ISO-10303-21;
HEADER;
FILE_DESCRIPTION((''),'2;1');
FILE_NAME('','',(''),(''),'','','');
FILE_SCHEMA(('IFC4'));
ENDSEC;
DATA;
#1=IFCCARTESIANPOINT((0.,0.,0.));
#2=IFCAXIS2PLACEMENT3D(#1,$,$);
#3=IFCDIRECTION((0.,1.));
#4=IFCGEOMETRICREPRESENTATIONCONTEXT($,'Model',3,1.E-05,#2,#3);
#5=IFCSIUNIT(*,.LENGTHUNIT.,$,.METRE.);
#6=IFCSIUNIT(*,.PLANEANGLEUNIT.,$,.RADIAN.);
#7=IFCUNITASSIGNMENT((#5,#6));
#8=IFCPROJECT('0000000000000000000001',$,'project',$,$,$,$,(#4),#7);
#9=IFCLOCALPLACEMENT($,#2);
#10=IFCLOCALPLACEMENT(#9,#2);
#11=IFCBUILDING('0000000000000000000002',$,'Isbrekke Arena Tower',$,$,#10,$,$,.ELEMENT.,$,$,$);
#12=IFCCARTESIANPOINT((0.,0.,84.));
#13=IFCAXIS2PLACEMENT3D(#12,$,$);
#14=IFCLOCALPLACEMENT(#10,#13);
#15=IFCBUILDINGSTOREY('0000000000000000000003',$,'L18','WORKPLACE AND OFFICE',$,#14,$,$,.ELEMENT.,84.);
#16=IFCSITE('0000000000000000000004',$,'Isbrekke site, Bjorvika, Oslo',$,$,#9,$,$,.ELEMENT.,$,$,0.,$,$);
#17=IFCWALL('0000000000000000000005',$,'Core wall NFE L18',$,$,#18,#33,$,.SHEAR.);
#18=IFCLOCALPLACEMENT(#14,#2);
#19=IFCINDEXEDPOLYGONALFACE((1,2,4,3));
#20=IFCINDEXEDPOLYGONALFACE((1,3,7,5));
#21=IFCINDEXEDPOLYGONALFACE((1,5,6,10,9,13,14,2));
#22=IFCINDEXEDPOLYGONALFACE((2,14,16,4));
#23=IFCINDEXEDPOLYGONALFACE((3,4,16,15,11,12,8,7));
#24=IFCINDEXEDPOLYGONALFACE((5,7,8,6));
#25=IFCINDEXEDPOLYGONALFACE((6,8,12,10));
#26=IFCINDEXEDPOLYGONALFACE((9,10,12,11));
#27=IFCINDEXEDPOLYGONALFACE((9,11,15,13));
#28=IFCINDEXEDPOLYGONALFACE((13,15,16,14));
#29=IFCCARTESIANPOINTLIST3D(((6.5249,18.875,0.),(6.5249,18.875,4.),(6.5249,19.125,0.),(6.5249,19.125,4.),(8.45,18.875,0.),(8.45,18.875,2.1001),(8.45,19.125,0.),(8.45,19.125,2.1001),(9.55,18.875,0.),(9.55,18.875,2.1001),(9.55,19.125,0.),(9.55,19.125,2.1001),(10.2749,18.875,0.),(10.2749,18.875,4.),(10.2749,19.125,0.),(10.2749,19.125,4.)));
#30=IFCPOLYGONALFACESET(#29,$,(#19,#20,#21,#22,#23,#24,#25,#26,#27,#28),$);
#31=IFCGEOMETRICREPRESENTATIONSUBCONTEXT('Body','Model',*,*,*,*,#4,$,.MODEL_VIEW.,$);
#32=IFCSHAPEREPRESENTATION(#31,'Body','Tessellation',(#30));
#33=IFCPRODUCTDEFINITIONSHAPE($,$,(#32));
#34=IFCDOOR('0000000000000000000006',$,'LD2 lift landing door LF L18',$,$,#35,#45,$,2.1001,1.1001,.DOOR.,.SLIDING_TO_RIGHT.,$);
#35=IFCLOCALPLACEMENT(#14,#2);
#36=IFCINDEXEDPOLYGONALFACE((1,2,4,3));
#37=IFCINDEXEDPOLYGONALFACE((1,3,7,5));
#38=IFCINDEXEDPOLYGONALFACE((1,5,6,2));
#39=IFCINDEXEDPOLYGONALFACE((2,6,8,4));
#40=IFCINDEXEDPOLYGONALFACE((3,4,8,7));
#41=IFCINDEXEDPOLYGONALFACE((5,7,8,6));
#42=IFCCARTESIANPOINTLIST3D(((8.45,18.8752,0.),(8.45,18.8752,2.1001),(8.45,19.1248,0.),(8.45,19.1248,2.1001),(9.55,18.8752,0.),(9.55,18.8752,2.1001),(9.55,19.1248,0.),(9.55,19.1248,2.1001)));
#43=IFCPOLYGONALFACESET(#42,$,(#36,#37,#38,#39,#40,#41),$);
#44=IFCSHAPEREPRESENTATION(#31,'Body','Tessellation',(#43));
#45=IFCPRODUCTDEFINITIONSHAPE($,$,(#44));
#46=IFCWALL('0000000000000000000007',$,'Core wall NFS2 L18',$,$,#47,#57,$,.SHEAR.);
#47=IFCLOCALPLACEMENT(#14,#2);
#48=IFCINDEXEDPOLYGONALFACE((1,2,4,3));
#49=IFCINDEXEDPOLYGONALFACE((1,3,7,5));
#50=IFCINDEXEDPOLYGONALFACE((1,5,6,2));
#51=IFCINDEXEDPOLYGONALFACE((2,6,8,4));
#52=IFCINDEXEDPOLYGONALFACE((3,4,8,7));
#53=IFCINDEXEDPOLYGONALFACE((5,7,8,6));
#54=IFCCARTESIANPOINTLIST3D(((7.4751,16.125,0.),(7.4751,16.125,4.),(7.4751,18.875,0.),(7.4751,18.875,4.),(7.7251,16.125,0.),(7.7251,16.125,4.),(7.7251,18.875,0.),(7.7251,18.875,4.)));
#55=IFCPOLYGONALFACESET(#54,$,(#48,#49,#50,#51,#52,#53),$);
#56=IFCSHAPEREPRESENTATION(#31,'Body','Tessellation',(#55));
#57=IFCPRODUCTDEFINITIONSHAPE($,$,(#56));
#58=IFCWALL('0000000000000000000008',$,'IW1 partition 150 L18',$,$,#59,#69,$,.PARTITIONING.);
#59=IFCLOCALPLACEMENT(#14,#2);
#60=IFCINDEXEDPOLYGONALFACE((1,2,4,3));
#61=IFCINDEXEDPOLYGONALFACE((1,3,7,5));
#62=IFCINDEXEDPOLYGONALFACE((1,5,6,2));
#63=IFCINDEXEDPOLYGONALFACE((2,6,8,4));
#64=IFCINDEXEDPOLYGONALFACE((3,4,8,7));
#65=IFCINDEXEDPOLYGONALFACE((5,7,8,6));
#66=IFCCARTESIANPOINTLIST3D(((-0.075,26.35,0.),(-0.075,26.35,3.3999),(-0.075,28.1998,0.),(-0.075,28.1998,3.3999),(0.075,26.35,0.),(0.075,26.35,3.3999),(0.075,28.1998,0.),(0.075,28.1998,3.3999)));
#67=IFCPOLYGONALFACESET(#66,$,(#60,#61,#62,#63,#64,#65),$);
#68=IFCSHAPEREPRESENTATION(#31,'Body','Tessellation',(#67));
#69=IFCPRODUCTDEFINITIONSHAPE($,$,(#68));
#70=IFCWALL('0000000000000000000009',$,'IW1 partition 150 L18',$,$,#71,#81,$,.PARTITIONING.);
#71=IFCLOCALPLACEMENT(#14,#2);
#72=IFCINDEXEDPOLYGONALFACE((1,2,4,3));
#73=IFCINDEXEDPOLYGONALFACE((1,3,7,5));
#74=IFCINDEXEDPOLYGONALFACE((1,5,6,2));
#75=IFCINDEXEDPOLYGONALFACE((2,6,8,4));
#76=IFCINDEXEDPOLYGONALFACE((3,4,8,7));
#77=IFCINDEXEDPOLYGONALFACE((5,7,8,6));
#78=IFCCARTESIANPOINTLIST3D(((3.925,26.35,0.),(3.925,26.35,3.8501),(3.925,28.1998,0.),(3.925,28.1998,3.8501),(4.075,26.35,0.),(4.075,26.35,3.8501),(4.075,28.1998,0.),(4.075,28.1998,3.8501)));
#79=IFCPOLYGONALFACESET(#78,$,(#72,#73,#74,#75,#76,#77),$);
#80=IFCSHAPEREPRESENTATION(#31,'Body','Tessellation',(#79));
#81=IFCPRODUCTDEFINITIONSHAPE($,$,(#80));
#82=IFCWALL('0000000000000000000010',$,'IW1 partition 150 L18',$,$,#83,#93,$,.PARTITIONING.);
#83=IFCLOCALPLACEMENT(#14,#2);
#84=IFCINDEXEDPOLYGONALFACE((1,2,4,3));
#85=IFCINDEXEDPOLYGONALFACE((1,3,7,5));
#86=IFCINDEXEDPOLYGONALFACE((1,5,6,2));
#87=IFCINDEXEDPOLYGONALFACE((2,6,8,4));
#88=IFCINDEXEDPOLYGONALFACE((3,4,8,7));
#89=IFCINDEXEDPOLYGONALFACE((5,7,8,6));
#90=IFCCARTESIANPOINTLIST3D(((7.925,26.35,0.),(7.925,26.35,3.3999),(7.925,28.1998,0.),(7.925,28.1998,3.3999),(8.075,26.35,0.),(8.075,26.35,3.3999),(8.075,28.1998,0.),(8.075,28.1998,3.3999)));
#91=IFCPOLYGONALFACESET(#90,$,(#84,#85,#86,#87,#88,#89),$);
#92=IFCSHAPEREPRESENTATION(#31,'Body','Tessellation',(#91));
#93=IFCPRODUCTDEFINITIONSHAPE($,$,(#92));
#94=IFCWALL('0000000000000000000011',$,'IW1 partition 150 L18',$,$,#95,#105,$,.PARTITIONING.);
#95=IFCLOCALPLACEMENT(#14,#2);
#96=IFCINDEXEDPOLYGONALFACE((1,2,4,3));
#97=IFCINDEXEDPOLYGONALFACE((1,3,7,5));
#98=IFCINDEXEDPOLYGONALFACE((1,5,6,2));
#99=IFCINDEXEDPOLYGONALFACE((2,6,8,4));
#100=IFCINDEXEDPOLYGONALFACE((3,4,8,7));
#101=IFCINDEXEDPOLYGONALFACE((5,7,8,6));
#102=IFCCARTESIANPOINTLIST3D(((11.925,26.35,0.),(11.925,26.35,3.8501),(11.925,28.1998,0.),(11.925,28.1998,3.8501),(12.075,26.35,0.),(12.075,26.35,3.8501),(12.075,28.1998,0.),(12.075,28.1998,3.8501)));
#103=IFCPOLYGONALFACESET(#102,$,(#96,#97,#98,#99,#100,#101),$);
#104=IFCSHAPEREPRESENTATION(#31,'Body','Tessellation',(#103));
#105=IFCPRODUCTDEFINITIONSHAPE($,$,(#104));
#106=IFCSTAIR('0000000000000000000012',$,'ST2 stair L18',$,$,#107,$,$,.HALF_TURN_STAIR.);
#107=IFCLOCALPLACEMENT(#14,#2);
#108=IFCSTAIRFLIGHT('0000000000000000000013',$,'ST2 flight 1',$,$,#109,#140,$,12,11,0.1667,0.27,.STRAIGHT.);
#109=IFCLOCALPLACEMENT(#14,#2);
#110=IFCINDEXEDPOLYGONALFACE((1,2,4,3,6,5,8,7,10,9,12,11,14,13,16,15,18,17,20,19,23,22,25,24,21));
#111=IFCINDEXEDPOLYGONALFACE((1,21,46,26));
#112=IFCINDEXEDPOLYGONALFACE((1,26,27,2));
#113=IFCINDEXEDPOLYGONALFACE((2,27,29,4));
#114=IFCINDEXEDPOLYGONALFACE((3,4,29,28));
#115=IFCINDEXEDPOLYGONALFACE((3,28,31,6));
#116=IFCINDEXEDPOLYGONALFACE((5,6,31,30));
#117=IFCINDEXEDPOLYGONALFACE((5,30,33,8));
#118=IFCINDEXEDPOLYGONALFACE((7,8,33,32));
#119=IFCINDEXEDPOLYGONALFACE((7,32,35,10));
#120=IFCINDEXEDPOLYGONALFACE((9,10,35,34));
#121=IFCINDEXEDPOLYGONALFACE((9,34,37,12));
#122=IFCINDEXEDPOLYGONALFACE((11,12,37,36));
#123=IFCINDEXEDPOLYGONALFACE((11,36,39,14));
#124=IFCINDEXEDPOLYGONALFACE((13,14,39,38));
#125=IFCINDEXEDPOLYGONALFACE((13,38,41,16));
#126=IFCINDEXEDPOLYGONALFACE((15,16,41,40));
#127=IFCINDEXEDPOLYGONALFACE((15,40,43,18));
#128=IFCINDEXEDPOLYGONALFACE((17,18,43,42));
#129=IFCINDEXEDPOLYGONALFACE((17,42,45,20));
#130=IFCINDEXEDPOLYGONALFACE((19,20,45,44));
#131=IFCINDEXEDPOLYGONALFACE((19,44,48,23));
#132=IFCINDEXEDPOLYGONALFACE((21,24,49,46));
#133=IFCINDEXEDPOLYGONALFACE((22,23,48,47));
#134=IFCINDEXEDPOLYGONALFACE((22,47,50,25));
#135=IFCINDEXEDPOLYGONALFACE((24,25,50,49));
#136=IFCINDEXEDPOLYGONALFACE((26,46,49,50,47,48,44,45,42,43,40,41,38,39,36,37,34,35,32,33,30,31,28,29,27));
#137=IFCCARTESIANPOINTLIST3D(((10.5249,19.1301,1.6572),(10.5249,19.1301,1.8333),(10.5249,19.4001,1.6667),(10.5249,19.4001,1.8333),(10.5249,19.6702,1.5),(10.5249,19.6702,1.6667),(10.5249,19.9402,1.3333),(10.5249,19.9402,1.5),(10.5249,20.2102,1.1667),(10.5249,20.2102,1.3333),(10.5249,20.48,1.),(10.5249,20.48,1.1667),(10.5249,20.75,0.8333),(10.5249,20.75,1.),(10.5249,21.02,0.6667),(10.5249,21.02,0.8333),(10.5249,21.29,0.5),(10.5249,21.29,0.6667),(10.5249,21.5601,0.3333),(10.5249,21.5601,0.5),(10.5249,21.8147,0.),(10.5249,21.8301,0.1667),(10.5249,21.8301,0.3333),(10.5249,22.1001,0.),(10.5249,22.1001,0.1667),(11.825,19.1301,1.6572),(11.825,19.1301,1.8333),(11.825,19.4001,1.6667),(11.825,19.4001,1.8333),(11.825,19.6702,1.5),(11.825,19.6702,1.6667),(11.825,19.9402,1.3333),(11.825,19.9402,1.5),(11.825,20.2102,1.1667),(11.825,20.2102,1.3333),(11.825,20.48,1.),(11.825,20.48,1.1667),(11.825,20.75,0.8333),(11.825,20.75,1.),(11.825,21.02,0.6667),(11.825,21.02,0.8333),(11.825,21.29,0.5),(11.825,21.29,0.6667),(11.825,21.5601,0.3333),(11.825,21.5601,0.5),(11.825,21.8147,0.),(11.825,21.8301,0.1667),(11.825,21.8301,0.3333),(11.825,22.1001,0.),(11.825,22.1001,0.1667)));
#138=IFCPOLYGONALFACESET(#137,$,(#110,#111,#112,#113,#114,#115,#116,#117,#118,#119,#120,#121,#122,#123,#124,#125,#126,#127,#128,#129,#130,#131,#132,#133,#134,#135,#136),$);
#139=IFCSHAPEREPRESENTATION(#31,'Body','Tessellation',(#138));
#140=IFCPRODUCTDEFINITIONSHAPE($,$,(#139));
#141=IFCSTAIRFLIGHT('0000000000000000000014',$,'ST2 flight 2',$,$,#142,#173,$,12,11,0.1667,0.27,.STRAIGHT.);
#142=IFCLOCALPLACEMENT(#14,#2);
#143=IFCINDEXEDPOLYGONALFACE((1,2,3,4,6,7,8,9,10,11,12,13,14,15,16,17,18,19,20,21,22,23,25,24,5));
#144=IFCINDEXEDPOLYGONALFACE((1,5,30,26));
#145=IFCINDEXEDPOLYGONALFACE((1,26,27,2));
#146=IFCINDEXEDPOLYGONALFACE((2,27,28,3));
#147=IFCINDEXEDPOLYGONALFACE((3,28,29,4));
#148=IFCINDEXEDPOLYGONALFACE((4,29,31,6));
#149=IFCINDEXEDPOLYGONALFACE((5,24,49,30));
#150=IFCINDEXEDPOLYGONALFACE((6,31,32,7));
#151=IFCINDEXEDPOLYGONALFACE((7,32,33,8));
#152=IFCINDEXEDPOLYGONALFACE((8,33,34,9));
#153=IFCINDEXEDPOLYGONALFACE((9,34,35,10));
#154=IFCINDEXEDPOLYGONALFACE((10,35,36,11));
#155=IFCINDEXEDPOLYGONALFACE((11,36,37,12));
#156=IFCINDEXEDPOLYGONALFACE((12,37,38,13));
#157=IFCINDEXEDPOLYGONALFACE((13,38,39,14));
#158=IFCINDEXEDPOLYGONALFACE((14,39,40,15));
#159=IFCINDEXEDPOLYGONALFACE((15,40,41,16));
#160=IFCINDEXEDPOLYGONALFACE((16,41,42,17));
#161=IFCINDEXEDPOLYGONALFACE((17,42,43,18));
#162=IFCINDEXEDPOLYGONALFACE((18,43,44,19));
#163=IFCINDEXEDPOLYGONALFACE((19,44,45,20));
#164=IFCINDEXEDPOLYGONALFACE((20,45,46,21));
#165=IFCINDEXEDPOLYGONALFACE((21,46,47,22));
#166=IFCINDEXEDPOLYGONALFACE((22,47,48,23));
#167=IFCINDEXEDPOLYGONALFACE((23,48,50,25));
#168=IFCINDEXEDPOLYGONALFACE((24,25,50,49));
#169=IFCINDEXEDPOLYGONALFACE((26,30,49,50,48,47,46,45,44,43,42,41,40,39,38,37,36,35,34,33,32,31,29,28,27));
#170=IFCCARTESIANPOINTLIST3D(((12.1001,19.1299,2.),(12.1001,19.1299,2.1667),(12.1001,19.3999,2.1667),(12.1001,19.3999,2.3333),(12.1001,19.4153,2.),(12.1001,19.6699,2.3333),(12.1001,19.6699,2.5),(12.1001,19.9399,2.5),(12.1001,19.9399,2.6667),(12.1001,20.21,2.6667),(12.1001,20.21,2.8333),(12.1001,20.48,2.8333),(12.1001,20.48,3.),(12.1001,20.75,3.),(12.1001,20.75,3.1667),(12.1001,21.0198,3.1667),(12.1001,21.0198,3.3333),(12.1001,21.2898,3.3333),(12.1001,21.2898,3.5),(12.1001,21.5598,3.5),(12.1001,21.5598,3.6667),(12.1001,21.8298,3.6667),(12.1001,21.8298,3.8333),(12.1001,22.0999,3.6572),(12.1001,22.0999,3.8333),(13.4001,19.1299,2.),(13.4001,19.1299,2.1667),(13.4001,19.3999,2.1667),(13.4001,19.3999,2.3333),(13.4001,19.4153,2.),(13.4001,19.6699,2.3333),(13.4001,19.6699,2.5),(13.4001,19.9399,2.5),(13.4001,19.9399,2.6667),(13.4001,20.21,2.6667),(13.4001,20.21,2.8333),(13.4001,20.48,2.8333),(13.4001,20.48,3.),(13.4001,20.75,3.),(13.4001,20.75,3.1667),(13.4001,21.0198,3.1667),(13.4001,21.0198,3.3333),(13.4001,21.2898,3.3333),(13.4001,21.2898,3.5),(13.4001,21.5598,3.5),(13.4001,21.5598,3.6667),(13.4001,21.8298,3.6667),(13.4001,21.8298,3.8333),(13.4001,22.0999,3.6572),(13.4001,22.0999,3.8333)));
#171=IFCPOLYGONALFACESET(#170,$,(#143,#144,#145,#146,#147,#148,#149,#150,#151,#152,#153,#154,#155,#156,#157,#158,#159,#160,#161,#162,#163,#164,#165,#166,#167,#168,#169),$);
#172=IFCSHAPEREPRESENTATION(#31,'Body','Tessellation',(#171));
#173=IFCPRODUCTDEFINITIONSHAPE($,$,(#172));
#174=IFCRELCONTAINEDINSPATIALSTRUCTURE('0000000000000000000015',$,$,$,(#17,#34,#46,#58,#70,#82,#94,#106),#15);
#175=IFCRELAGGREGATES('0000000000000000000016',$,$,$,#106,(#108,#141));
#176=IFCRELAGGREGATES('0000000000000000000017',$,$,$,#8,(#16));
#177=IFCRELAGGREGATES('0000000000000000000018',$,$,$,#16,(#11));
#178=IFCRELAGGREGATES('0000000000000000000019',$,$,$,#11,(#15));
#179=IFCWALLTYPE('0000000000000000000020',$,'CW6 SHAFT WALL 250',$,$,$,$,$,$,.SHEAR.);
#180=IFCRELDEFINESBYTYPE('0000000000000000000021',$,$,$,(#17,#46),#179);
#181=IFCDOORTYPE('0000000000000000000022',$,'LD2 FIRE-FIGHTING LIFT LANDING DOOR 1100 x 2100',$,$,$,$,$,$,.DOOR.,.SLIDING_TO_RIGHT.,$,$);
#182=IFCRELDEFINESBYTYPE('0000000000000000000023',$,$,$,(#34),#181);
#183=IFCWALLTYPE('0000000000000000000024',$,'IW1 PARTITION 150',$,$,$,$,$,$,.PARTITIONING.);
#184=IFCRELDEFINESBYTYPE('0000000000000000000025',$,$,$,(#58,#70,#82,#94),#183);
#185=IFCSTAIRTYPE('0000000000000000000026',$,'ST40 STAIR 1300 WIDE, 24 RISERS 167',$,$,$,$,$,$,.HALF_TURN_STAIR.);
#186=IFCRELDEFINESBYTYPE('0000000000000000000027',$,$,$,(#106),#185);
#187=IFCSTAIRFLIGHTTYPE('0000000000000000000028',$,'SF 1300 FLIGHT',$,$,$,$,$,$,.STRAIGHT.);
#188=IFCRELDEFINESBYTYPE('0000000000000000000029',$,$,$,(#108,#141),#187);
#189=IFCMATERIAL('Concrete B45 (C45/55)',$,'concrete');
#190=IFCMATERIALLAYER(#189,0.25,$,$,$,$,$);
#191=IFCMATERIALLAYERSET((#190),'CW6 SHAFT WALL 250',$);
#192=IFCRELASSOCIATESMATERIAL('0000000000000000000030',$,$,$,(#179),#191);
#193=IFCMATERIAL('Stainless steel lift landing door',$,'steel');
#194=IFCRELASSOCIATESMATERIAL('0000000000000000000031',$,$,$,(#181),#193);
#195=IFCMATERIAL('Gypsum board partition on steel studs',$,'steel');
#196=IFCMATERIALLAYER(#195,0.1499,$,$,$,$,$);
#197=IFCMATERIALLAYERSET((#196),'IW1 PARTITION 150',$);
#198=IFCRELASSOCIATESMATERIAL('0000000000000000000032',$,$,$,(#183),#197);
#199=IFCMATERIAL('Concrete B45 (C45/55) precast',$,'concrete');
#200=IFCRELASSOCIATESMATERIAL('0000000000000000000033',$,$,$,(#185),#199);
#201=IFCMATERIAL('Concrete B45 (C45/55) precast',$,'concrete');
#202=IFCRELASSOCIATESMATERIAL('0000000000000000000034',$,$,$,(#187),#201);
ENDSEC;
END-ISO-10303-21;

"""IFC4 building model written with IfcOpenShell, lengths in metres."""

from ifc_helpers import new_model, si_unit, direction, frame, frame_2d, origin, place, context, subcontext, project, spatial, polyline, rectangle, outline, extrude, material, layer, layer_set, type_object, element, fill, aggregate, save


model = new_model("IFC4")

# Units and contexts
model_context = context("Model", 3, precision=1e-05, world=origin(), true_north=direction((0.0, 1.0)))
body_context = subcontext(model_context, "Body", "Model", "MODEL_VIEW")
ifc_project = project(units=[si_unit("LENGTHUNIT", "METRE"), si_unit("PLANEANGLEUNIT", "RADIAN")], contexts=[model_context])

# Site, building, storey
site_placement = place(None, origin())
site = spatial("IfcSite", under=ifc_project, at=site_placement, Name="Isbrekke site, Bjorvika, Oslo", CompositionType="ELEMENT", RefElevation=0.0)
building_placement = place(site_placement, origin())
building = spatial("IfcBuilding", under=site, at=building_placement, Name="Isbrekke Arena Tower", CompositionType="ELEMENT")
storey_placement = place(building_placement, frame((0.0, 0.0, 84.0)))
storey = spatial("IfcBuildingStorey", under=building, at=storey_placement, Name="L18", Description="WORKPLACE AND OFFICE", CompositionType="ELEMENT", Elevation=84.0)

# Shared definitions
ifc_material_1 = material(Name="Concrete B45 (C45/55)", Category="concrete")
ifc_layer_1 = layer(ifc_material_1, 0.25)
ifc_layer_set_1 = layer_set([ifc_layer_1], Name="CW6 SHAFT WALL 250")
wall_type_1 = type_object("IfcWallType", Name="CW6 SHAFT WALL 250", PredefinedType="SHEAR", material=ifc_layer_set_1)

# Wall, opening, door
wall_1_placement = place(storey_placement, frame((6.5249, 19.0, 0.0), z_axis=(0.0, 0.0, 1.0), x_axis=(1.0, 0.0, 0.0)))
wall_1 = element("IfcWall", 1, at=wall_1_placement, inside=storey, type_object=wall_type_1, Name="Core wall NFE L18", PredefinedType="SHEAR", context=body_context, shape_type="SweptSolid", body=[
    extrude(rectangle(XDim=3.75, YDim=0.25, at=frame_2d((1.875, 0.0))), origin(), (0.0, 0.0, 1.0), 4.0),
])
opening_1_placement = place(wall_1_placement, frame((1.925, 0.0, 0.0)))
opening_1 = element("IfcOpeningElement", 2, at=opening_1_placement, cuts=wall_1, PredefinedType="OPENING", context=body_context, shape_type="SweptSolid", body=[
    extrude(rectangle(XDim=1.1001, YDim=2.1001, at=frame_2d((0.55, 1.05))), frame((0.0, 0.1399, 0.0), z_axis=(0.0, -1.0, 0.0), x_axis=(1.0, 0.0, 0.0)), (0.0, 0.0, 1.0), 0.2798),
])
ifc_material_2 = material(Name="Stainless steel lift landing door", Category="steel")
door_type_1 = type_object("IfcDoorType", Name="LD2 FIRE-FIGHTING LIFT LANDING DOOR 1100 x 2100", OperationType="SLIDING_TO_RIGHT", PredefinedType="DOOR", material=ifc_material_2)
door_1_placement = place(opening_1_placement, origin())
door_1 = element("IfcDoor", 3, at=door_1_placement, inside=storey, type_object=door_type_1, Name="LD2 lift landing door LF L18", OperationType="SLIDING_TO_RIGHT", OverallHeight=2.1001, OverallWidth=1.1001, PredefinedType="DOOR", context=body_context, shape_type="SweptSolid", body=[
    extrude(rectangle(XDim=1.1001, YDim=2.1001, at=frame_2d((0.55, 1.05))), frame((0.0, 0.1248, 0.0), z_axis=(0.0, -1.0, 0.0), x_axis=(1.0, 0.0, 0.0)), (0.0, 0.0, 1.0), 0.2495),
])
fill(opening_1, door_1)

# Walls
wall_2_placement = place(storey_placement, frame((7.6001, 16.125, 0.0), z_axis=(0.0, 0.0, 1.0), x_axis=(0.0, 1.0, 0.0)))
element("IfcWall", 4, at=wall_2_placement, inside=storey, type_object=wall_type_1, Name="Core wall NFS2 L18", PredefinedType="SHEAR", context=body_context, shape_type="SweptSolid", body=[
    extrude(rectangle(XDim=2.75, YDim=0.25, at=frame_2d((1.375, 0.0))), origin(), (0.0, 0.0, 1.0), 4.0),
])
ifc_material_3 = material(Name="Gypsum board partition on steel studs", Category="steel")
ifc_layer_2 = layer(ifc_material_3, 0.1499)
ifc_layer_set_2 = layer_set([ifc_layer_2], Name="IW1 PARTITION 150")
wall_type_2 = type_object("IfcWallType", Name="IW1 PARTITION 150", PredefinedType="PARTITIONING", material=ifc_layer_set_2)
wall_3_placement = place(storey_placement, frame((0.0, 26.3501, 0.0), z_axis=(0.0, 0.0, 1.0), x_axis=(0.0, 1.0, 0.0)))
element("IfcWall", 5, at=wall_3_placement, inside=storey, type_object=wall_type_2, Name="IW1 partition 150 L18", PredefinedType="PARTITIONING", context=body_context, shape_type="SweptSolid", body=[
    extrude(rectangle(XDim=1.8499, YDim=0.1499, at=frame_2d((0.9248, 0.0))), origin(), (0.0, 0.0, 1.0), 3.3999),
])
wall_4_placement = place(storey_placement, frame((4.0, 26.3501, 0.0), z_axis=(0.0, 0.0, 1.0), x_axis=(0.0, 1.0, 0.0)))
element("IfcWall", 6, at=wall_4_placement, inside=storey, type_object=wall_type_2, Name="IW1 partition 150 L18", PredefinedType="PARTITIONING", context=body_context, shape_type="SweptSolid", body=[
    extrude(rectangle(XDim=1.8499, YDim=0.1499, at=frame_2d((0.9248, 0.0))), origin(), (0.0, 0.0, 1.0), 3.8501),
])
wall_5_placement = place(storey_placement, frame((8.0, 26.3501, 0.0), z_axis=(0.0, 0.0, 1.0), x_axis=(0.0, 1.0, 0.0)))
element("IfcWall", 7, at=wall_5_placement, inside=storey, type_object=wall_type_2, Name="IW1 partition 150 L18", PredefinedType="PARTITIONING", context=body_context, shape_type="SweptSolid", body=[
    extrude(rectangle(XDim=1.8499, YDim=0.1499, at=frame_2d((0.9248, 0.0))), origin(), (0.0, 0.0, 1.0), 3.3999),
])
wall_6_placement = place(storey_placement, frame((12.0, 26.3501, 0.0), z_axis=(0.0, 0.0, 1.0), x_axis=(0.0, 1.0, 0.0)))
element("IfcWall", 8, at=wall_6_placement, inside=storey, type_object=wall_type_2, Name="IW1 partition 150 L18", PredefinedType="PARTITIONING", context=body_context, shape_type="SweptSolid", body=[
    extrude(rectangle(XDim=1.8499, YDim=0.1499, at=frame_2d((0.9248, 0.0))), origin(), (0.0, 0.0, 1.0), 3.8501),
])

# Stair, stair flights
ifc_material_4 = material(Name="Concrete B45 (C45/55) precast", Category="concrete")
stair_type = type_object("IfcStairType", Name="ST40 STAIR 1300 WIDE, 24 RISERS 167", PredefinedType="HALF_TURN_STAIR", material=ifc_material_4)
stair_placement = place(storey_placement, origin())
stair = element("IfcStair", 9, at=stair_placement, inside=storey, type_object=stair_type, Name="ST2 stair L18", PredefinedType="HALF_TURN_STAIR")
ifc_material_5 = material(Name="Concrete B45 (C45/55) precast", Category="concrete")
stair_flight_type = type_object("IfcStairFlightType", Name="SF 1300 FLIGHT", PredefinedType="STRAIGHT", material=ifc_material_5)
stair_flight_1_placement = place(storey_placement, frame((11.175, 22.1001, 0.0), z_axis=(0.0, 0.0, 1.0), x_axis=(0.0, -1.0, 0.0)))
stair_flight_1 = element("IfcStairFlight", 10, at=stair_flight_1_placement, type_object=stair_flight_type, Name="ST2 flight 1", NumberOfRisers=12, NumberOfTreads=11, PredefinedType="STRAIGHT", RiserHeight=0.1667, TreadLength=0.27, context=body_context, shape_type="SweptSolid", body=[
    extrude(outline(polyline([(0.0, 0.0), (0.0, 0.1667), (0.27, 0.1667), (0.27, 0.3333), (0.54, 0.3333), (0.54, 0.5), (0.8101, 0.5), (0.8101, 0.6667), (1.0801, 0.6667), (1.0801, 0.8333), (1.3501, 0.8333), (1.3501, 1.0), (1.6201, 1.0), (1.6201, 1.1667), (1.8899, 1.1667), (1.8899, 1.3333), (2.1599, 1.3333), (2.1599, 1.5), (2.4299, 1.5), (2.4299, 1.6667), (2.7, 1.6667), (2.7, 1.8333), (2.97, 1.8333), (2.97, 2.0), (2.97, 1.6572), (0.2854, 0.0), (0.0, 0.0)])), frame((0.0, 0.6499, 0.0), z_axis=(0.0, -1.0, 0.0), x_axis=(1.0, 0.0, 0.0)), (0.0, 0.0, 1.0), 1.3),
])
stair_flight_2_placement = place(storey_placement, frame((12.75, 19.1299, 2.0), z_axis=(0.0, 0.0, 1.0), x_axis=(0.0, 1.0, 0.0)))
stair_flight_2 = element("IfcStairFlight", 11, at=stair_flight_2_placement, type_object=stair_flight_type, Name="ST2 flight 2", NumberOfRisers=12, NumberOfTreads=11, PredefinedType="STRAIGHT", RiserHeight=0.1667, TreadLength=0.27, context=body_context, shape_type="SweptSolid", body=[
    extrude(outline(polyline([(0.0, 0.0), (0.0, 0.1667), (0.27, 0.1667), (0.27, 0.3333), (0.54, 0.3333), (0.54, 0.5), (0.8101, 0.5), (0.8101, 0.6667), (1.0801, 0.6667), (1.0801, 0.8333), (1.3501, 0.8333), (1.3501, 1.0), (1.6201, 1.0), (1.6201, 1.1667), (1.8899, 1.1667), (1.8899, 1.3333), (2.1599, 1.3333), (2.1599, 1.5), (2.4299, 1.5), (2.4299, 1.6667), (2.7, 1.6667), (2.7, 1.8333), (2.97, 1.8333), (2.97, 2.0), (2.97, 1.6572), (0.2854, 0.0), (0.0, 0.0)])), frame((0.0, 0.6499, 0.0), z_axis=(0.0, -1.0, 0.0), x_axis=(1.0, 0.0, 0.0)), (0.0, 0.0, 1.0), 1.3),
])
aggregate(stair, [stair_flight_1, stair_flight_2])

save(model, "model.ifc")
